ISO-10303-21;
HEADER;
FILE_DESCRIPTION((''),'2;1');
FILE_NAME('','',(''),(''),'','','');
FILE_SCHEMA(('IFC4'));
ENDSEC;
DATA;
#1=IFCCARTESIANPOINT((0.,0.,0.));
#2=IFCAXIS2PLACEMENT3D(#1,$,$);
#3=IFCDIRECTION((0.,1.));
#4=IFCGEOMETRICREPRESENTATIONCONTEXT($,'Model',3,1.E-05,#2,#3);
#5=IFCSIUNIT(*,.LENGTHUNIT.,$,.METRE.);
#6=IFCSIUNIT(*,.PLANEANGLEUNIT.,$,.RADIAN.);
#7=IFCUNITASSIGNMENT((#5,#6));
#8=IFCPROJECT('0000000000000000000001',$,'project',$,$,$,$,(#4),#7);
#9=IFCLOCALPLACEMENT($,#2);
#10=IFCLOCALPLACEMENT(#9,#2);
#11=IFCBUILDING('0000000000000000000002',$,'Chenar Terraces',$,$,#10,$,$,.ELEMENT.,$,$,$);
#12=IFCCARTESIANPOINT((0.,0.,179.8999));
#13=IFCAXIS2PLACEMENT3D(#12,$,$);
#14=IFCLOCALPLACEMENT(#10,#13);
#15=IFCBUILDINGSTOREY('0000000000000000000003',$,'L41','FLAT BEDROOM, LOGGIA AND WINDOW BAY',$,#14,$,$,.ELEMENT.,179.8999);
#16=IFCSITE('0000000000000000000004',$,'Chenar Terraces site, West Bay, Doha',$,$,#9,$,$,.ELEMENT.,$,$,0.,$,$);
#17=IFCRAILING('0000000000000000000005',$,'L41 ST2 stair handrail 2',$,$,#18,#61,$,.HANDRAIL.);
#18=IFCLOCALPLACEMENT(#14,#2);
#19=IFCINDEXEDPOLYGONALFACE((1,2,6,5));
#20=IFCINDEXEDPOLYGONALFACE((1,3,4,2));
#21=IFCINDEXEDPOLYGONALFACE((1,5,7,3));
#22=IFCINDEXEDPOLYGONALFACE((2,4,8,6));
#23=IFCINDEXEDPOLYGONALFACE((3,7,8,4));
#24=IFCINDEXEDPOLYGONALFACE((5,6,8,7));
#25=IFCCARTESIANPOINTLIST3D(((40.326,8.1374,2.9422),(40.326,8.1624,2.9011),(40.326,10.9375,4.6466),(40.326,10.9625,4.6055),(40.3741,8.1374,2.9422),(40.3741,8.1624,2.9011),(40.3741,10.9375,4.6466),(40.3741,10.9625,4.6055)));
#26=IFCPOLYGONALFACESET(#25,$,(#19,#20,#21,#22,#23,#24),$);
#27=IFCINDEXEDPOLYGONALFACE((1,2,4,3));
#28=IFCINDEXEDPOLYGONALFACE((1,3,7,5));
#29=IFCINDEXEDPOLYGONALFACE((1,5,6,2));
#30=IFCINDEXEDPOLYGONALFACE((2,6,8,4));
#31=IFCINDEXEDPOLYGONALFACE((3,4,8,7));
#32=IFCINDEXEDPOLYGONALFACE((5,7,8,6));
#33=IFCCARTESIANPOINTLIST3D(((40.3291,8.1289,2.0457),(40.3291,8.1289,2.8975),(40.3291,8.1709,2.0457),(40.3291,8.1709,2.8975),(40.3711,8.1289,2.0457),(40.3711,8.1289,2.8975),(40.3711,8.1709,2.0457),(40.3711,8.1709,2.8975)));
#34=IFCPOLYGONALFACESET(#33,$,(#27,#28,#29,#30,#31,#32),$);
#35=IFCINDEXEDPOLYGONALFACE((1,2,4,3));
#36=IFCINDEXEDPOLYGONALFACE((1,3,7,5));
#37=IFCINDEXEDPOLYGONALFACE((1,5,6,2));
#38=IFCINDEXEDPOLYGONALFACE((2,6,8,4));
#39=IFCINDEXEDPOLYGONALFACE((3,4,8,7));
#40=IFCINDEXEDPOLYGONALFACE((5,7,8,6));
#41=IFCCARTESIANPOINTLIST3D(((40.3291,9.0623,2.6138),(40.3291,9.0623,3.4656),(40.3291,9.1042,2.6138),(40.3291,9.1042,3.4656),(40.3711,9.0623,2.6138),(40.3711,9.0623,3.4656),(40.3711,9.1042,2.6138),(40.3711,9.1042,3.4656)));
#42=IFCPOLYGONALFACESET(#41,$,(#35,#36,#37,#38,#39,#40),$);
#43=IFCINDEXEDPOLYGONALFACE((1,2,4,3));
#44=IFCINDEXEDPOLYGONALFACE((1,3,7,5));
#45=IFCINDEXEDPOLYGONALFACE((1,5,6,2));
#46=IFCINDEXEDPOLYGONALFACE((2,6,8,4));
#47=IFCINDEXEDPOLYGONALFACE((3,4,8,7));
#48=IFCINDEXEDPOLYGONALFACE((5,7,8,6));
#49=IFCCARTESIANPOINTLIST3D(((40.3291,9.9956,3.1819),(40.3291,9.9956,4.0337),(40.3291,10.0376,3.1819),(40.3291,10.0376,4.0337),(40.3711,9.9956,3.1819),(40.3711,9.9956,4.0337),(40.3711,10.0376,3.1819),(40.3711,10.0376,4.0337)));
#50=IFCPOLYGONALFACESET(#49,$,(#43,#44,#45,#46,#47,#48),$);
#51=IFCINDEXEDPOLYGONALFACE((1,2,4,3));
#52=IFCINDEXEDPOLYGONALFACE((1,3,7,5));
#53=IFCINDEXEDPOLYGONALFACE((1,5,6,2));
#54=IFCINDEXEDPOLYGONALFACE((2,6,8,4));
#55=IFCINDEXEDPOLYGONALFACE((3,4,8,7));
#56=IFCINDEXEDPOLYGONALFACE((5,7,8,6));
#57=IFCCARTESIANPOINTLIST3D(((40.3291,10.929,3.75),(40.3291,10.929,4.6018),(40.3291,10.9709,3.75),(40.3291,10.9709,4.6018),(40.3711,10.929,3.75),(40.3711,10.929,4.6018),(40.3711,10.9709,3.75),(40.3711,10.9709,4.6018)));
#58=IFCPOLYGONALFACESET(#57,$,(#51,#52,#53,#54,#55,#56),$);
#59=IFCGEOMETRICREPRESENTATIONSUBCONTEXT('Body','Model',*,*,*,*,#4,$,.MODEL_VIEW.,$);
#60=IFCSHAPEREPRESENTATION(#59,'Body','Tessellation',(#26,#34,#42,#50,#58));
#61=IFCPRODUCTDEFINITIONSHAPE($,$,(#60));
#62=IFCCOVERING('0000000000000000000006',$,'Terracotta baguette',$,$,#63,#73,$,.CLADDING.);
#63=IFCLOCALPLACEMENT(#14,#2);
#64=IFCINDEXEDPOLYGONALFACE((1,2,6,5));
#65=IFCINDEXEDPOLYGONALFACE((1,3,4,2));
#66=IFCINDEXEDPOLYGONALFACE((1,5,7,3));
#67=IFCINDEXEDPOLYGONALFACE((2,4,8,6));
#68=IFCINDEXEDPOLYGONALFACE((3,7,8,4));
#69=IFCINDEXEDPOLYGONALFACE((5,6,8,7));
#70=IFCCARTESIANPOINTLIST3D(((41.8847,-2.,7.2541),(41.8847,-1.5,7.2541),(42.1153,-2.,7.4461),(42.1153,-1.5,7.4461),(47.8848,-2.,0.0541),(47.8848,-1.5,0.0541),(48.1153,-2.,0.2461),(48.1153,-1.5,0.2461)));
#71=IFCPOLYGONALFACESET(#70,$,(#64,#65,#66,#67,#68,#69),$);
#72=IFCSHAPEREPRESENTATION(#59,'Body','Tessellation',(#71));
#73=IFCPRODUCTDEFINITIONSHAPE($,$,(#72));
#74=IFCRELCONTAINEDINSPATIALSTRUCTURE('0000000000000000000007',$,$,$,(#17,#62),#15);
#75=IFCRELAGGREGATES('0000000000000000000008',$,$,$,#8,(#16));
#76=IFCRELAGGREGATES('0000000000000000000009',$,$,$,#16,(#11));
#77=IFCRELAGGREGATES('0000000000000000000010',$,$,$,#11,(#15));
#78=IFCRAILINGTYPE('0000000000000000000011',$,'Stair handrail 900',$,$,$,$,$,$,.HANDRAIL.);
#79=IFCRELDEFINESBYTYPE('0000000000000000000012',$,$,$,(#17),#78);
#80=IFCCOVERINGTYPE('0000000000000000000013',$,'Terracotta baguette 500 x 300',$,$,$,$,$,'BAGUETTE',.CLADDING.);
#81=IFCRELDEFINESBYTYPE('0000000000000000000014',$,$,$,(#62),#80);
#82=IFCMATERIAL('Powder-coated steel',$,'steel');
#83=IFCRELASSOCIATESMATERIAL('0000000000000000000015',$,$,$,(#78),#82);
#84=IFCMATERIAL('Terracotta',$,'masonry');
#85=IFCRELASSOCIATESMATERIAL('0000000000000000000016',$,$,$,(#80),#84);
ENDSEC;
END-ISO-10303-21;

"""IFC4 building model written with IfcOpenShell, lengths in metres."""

from ifc_helpers import new_model, si_unit, direction, frame, origin, origin_2d, place, context, subcontext, project, spatial, rectangle, extrude, material, material_profile, profile_set, type_object, element, save


model = new_model("IFC4")

# Units and contexts
model_context = context("Model", 3, precision=1e-05, world=origin(), true_north=direction((0.0, 1.0)))
body_context = subcontext(model_context, "Body", "Model", "MODEL_VIEW")
ifc_project = project(units=[si_unit("LENGTHUNIT", "METRE"), si_unit("PLANEANGLEUNIT", "RADIAN")], contexts=[model_context])

# Site, building, storey
site_placement = place(None, origin())
site = spatial("IfcSite", under=ifc_project, at=site_placement, Name="Chenar Terraces site, West Bay, Doha", CompositionType="ELEMENT", RefElevation=0.0)
building_placement = place(site_placement, origin())
building = spatial("IfcBuilding", under=site, at=building_placement, Name="Chenar Terraces", CompositionType="ELEMENT")
storey_placement = place(building_placement, frame((0.0, 0.0, 179.8999)))
storey = spatial("IfcBuildingStorey", under=building, at=storey_placement, Name="L41", Description="FLAT BEDROOM, LOGGIA AND WINDOW BAY", CompositionType="ELEMENT", Elevation=179.8999)

# Railing
ifc_material_1 = material(Name="Powder-coated steel", Category="steel")
railing_type_1 = type_object("IfcRailingType", Name="Stair handrail 900", PredefinedType="HANDRAIL", material=ifc_material_1)
railing_1_placement = place(storey_placement, frame((40.3501, 8.1499, 2.0457)))
element("IfcRailing", 1, at=railing_1_placement, inside=storey, type_object=railing_type_1, Name="L41 ST2 stair handrail 2", PredefinedType="HANDRAIL", context=body_context, shape_type="SweptSolid", body=[
    extrude(rectangle(XDim=0.0481, YDim=0.0481, at=origin_2d()), frame((0.0, 0.0, 0.876), z_axis=(0.0, 0.854203, 0.51994), x_axis=(-1.0, 0.0, 0.0)), (0.0, 0.0, 1.0), 3.2781),
    extrude(rectangle(XDim=0.042, YDim=0.042, at=origin_2d()), origin(), (0.0, 0.0, 1.0), 0.8518),
    extrude(rectangle(XDim=0.042, YDim=0.042, at=origin_2d()), frame((0.0, 0.9333, 0.5681)), (0.0, 0.0, 1.0), 0.8518),
    extrude(rectangle(XDim=0.042, YDim=0.042, at=origin_2d()), frame((0.0, 1.8667, 1.1362)), (0.0, 0.0, 1.0), 0.8518),
    extrude(rectangle(XDim=0.042, YDim=0.042, at=origin_2d()), frame((0.0, 2.8, 1.7043)), (0.0, 0.0, 1.0), 0.8518),
])

# Covering
ifc_material_2 = material(Name="Terracotta", Category="masonry")
ifc_material_profile_1 = material_profile(ifc_material_2, rectangle(XDim=0.5, YDim=0.3, at=origin_2d()), Name="Terracotta baguette 500 x 300")
ifc_profile_set_1 = profile_set([ifc_material_profile_1], Name="Terracotta")
covering_type = type_object("IfcCoveringType", Name="Terracotta baguette 500 x 300", ElementType="BAGUETTE", PredefinedType="CLADDING", material=ifc_profile_set_1)
covering_placement = place(storey_placement, frame((42.0, -1.75, 7.3501), z_axis=(0.640187, 0.0, -0.768219), x_axis=(0.0, 1.0, 0.0)))
element("IfcCovering", 2, at=covering_placement, inside=storey, type_object=covering_type, Name="Terracotta baguette", PredefinedType="CLADDING", context=body_context, shape_type="SweptSolid", body=[
    extrude(rectangle(XDim=0.5, YDim=0.3, at=origin_2d()), origin(), (0.0, 0.0, 1.0), 9.3723),
])

save(model, "model.ifc")
